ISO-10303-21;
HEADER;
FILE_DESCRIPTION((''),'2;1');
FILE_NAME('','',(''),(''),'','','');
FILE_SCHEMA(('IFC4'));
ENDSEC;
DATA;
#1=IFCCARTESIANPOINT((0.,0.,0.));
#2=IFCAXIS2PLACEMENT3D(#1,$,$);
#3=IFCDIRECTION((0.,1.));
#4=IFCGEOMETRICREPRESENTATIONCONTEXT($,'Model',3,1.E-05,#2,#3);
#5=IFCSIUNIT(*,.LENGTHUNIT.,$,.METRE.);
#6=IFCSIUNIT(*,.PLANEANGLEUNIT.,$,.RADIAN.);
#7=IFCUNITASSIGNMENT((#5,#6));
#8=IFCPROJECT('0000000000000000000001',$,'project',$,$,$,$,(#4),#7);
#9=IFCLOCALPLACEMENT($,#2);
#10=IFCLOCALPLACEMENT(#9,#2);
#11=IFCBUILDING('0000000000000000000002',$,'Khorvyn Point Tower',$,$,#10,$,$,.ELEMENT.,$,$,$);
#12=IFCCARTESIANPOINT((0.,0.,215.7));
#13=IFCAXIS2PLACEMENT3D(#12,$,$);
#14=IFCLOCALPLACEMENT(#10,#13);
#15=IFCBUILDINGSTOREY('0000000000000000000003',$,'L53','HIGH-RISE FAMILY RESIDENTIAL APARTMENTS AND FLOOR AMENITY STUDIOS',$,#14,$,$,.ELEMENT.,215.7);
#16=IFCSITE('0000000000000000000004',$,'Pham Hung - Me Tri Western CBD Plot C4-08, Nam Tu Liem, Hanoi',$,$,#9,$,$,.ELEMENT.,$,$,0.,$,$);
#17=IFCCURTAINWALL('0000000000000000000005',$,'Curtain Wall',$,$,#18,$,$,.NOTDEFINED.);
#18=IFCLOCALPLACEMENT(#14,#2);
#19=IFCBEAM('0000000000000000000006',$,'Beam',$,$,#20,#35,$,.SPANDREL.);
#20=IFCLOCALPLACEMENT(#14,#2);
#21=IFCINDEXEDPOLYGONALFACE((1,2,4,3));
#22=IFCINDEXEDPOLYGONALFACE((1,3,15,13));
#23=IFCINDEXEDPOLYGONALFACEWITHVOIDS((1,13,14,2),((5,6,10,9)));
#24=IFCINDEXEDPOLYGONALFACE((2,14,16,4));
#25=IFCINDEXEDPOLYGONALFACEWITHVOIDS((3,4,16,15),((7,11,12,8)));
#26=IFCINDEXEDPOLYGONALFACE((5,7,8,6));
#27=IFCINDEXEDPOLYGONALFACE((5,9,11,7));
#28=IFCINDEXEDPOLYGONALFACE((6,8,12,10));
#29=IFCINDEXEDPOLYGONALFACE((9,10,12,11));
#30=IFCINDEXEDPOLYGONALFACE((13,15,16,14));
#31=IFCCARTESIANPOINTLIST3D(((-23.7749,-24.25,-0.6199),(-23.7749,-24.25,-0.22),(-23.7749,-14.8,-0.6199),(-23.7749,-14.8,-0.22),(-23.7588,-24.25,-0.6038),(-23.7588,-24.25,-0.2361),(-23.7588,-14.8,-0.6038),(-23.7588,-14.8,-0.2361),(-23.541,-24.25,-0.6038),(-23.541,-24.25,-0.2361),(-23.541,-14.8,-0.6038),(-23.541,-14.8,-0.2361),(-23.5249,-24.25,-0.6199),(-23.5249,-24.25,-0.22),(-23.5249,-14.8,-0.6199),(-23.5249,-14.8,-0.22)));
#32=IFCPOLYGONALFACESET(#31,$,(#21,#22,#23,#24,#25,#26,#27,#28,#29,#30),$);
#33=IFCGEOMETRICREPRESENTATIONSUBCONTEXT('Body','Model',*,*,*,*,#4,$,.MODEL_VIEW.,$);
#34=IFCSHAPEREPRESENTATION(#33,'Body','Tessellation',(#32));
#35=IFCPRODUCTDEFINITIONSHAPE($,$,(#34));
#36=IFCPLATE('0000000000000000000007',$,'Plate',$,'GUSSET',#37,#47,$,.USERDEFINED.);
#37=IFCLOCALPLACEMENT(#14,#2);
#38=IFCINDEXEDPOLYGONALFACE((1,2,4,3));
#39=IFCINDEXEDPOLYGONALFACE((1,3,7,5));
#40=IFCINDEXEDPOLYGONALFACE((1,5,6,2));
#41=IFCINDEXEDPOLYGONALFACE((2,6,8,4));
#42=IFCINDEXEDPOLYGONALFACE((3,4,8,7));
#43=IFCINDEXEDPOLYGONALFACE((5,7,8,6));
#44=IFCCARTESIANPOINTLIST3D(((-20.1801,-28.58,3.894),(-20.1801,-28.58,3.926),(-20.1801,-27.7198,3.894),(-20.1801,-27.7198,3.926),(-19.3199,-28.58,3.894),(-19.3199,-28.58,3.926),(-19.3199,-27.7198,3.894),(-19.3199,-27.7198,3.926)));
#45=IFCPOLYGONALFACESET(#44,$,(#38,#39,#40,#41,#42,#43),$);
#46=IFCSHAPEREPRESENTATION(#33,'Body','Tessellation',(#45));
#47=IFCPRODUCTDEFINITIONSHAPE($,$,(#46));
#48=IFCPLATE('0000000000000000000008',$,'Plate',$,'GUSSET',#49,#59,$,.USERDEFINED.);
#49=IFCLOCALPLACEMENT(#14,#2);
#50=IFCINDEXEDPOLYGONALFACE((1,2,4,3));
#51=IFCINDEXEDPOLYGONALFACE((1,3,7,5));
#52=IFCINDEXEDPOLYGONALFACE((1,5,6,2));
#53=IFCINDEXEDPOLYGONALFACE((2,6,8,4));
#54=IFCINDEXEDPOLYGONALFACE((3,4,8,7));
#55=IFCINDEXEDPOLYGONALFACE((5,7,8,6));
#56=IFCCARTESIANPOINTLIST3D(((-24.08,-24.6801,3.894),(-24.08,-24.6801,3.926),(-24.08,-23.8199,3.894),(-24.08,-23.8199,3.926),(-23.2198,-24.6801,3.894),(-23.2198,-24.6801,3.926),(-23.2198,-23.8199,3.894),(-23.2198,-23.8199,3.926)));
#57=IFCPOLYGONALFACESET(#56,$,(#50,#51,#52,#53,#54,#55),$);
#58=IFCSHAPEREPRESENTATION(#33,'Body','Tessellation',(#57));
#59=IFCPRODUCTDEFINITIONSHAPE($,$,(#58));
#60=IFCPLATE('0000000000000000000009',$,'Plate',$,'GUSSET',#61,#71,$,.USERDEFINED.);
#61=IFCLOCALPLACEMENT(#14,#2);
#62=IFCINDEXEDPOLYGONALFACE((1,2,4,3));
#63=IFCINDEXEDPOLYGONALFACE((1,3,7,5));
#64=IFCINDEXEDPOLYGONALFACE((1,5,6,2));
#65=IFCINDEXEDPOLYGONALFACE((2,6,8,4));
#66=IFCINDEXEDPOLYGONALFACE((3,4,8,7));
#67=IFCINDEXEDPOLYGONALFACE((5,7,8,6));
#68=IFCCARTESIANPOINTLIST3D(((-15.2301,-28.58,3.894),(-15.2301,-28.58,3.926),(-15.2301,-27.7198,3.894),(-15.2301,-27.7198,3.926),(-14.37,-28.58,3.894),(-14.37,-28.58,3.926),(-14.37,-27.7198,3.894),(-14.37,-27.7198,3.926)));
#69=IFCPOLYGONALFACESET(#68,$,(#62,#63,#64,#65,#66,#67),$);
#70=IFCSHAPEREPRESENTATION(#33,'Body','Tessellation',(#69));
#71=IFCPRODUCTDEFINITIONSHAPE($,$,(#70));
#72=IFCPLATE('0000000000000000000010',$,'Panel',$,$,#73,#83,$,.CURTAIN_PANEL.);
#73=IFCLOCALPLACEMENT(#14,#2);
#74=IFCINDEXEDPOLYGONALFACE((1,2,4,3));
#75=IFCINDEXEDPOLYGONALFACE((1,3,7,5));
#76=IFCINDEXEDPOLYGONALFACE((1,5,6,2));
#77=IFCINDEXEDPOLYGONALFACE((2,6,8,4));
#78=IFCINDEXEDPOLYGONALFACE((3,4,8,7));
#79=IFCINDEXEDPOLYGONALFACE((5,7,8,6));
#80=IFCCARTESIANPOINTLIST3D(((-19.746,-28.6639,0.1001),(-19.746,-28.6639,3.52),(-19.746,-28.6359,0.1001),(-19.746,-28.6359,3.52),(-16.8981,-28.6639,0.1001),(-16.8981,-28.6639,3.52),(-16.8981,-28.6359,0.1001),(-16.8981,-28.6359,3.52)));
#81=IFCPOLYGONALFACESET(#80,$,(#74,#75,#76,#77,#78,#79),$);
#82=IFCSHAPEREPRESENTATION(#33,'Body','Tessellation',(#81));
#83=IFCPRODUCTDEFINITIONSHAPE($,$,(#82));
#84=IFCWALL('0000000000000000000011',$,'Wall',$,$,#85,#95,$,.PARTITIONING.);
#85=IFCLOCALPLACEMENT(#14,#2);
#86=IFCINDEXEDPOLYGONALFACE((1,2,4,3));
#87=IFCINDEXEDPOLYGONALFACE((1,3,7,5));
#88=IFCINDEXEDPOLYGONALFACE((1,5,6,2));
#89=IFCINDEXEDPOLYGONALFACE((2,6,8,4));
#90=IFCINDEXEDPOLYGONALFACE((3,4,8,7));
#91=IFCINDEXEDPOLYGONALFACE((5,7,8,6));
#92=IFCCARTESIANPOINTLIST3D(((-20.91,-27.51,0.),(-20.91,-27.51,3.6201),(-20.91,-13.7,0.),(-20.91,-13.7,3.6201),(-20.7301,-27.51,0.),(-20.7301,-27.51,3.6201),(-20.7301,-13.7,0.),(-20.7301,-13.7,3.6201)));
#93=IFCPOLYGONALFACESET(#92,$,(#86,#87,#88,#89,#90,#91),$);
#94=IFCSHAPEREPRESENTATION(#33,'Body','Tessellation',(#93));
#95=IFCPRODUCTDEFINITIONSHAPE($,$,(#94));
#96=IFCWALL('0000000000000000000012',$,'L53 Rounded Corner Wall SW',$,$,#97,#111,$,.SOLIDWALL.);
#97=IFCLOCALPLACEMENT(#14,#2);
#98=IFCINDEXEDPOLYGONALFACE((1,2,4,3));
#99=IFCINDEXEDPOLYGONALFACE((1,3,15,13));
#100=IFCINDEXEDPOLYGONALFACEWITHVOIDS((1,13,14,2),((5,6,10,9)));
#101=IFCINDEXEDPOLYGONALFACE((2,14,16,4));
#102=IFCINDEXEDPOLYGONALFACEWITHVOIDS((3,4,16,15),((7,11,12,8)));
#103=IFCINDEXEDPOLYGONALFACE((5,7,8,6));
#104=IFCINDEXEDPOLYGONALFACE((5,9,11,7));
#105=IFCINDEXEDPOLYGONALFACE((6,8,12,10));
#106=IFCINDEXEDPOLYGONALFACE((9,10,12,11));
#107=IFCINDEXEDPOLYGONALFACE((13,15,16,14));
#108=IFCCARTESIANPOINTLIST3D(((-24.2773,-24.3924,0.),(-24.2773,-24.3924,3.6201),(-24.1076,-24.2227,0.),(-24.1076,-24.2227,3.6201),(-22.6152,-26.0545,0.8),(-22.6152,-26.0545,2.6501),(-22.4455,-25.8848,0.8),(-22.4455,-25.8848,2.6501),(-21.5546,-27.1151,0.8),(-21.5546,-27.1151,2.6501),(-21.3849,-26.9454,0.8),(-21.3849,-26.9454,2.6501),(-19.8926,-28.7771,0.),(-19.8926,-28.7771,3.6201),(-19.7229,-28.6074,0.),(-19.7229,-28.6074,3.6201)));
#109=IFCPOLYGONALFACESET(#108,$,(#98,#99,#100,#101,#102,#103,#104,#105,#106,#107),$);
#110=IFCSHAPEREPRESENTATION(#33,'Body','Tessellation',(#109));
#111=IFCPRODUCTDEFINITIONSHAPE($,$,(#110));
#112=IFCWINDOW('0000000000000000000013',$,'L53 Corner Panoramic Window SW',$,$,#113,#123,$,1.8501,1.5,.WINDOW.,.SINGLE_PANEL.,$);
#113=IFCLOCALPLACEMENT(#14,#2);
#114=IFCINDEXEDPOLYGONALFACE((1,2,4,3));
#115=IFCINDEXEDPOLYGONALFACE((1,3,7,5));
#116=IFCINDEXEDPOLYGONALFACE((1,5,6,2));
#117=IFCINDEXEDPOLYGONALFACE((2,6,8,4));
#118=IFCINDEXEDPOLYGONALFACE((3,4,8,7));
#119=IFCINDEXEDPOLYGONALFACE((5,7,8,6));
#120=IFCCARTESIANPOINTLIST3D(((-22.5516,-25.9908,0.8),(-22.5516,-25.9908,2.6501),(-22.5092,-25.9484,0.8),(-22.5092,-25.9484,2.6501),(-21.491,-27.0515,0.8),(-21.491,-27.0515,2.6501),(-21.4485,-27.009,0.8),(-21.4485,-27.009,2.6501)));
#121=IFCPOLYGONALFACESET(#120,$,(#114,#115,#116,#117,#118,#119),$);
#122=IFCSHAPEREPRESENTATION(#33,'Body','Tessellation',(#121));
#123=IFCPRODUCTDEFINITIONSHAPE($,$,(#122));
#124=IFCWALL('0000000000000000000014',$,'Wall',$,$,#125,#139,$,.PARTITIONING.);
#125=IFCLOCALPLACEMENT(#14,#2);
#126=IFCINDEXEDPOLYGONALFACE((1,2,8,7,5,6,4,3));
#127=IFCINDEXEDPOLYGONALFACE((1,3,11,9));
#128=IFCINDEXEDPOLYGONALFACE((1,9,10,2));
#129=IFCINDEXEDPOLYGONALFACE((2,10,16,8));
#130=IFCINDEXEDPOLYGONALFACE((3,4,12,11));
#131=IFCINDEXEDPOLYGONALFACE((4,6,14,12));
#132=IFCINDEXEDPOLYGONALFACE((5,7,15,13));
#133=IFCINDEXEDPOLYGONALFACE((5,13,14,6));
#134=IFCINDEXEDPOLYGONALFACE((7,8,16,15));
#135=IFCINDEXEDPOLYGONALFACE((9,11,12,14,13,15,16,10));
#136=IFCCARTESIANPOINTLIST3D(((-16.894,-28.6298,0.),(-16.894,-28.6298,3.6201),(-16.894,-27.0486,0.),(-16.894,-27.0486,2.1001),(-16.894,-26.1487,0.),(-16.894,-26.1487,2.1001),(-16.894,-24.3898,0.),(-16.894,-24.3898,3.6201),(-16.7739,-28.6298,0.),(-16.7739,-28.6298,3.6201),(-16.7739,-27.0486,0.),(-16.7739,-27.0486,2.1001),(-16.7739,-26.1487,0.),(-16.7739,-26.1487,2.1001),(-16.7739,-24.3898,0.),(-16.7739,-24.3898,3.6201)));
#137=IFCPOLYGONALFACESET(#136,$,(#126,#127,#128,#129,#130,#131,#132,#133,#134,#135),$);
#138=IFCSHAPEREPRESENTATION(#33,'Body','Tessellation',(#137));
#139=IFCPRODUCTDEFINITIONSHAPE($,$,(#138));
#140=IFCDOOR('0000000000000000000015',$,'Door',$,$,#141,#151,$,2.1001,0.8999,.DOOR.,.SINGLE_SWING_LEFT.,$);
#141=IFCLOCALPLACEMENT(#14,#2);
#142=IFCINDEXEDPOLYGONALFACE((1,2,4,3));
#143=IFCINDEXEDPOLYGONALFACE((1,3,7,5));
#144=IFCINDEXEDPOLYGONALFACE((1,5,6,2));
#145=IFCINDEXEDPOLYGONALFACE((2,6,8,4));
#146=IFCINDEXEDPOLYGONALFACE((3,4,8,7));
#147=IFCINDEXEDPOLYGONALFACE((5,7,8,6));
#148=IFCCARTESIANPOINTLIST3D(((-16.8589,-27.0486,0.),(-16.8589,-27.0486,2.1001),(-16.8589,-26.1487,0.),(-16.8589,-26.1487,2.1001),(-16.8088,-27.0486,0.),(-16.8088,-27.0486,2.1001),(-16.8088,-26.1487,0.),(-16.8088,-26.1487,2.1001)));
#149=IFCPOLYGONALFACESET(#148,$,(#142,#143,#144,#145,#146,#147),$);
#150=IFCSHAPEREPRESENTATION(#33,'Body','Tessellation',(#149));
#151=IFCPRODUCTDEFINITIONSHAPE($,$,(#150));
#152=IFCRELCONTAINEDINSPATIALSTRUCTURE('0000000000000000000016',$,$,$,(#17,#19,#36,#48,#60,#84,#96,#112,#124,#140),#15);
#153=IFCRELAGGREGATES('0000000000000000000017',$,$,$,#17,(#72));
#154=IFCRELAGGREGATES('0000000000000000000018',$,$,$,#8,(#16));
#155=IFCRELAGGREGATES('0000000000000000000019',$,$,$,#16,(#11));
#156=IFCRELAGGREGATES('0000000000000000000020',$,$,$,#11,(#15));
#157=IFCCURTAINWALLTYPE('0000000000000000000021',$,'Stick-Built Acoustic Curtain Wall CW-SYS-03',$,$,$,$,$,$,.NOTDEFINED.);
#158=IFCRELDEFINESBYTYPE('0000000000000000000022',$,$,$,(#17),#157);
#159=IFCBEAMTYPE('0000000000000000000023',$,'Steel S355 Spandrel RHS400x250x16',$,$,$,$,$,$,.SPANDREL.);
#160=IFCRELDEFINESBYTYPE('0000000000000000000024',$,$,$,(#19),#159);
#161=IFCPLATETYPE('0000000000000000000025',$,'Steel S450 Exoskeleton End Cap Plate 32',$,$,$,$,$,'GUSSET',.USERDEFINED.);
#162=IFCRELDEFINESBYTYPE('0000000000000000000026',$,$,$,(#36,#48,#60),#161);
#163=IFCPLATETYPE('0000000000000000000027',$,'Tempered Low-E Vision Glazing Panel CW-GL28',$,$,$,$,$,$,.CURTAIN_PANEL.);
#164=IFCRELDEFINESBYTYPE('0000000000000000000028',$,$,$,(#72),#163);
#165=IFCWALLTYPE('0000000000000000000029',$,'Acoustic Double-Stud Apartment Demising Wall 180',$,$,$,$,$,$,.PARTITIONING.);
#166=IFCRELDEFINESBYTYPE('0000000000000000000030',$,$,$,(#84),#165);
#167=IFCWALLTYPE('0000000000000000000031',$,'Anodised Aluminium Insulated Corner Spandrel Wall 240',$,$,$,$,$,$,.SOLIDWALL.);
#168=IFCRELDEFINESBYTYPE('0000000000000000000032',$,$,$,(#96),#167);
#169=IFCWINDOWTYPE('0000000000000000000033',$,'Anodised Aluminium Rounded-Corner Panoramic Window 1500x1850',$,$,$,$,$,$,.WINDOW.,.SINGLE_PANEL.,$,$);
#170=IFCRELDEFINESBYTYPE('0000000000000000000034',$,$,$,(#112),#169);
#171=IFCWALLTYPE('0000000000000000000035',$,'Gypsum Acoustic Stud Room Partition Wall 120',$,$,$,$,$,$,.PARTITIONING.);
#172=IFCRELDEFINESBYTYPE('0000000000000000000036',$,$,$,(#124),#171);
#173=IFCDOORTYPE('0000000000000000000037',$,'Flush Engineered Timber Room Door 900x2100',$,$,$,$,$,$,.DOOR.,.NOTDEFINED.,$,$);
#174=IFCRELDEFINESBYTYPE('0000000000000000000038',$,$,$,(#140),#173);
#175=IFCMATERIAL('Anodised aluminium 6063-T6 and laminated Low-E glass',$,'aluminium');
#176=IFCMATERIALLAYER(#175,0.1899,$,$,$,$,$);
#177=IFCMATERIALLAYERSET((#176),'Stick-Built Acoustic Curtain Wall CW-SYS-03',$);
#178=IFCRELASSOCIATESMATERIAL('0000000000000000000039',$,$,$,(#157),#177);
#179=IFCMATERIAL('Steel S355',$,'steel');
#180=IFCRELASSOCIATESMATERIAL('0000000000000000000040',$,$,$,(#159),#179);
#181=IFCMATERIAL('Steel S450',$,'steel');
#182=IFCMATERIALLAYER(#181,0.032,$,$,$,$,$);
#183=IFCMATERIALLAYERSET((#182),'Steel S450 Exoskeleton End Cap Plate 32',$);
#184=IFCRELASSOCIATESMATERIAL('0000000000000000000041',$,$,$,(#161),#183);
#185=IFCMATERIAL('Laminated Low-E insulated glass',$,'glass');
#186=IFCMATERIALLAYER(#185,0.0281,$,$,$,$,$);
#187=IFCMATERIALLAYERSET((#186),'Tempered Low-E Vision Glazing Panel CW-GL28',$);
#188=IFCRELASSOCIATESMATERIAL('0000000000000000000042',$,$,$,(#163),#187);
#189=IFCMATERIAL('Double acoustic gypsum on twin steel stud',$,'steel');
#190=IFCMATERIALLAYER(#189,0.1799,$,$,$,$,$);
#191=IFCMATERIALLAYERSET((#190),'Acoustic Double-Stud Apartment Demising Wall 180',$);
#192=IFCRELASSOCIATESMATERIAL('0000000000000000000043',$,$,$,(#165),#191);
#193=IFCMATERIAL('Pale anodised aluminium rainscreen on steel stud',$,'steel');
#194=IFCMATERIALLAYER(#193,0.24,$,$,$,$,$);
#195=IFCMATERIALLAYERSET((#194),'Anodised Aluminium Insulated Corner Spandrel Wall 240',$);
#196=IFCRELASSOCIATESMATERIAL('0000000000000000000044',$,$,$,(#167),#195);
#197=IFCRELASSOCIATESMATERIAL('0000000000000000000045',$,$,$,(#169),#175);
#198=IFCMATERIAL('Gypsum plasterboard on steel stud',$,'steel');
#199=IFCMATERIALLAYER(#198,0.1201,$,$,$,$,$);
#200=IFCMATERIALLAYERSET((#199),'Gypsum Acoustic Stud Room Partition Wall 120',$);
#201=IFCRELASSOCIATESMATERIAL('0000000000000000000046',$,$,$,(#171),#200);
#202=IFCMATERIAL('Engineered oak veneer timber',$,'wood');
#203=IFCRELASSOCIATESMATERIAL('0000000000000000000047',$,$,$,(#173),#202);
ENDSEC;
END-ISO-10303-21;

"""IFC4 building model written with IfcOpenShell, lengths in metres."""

from ifc_helpers import new_model, si_unit, direction, frame, frame_2d, origin, origin_2d, place, context, subcontext, project, spatial, rectangle, hollow_rectangle, extrude, material, layer, layer_set, material_profile, profile_set, type_object, element, fill, aggregate, save


model = new_model("IFC4")

# Units and contexts
model_context = context("Model", 3, precision=1e-05, world=origin(), true_north=direction((0.0, 1.0)))
body_context = subcontext(model_context, "Body", "Model", "MODEL_VIEW")
ifc_project = project(units=[si_unit("LENGTHUNIT", "METRE"), si_unit("PLANEANGLEUNIT", "RADIAN")], contexts=[model_context])

# Site, building, storey
site_placement = place(None, origin())
site = spatial("IfcSite", under=ifc_project, at=site_placement, Name="Pham Hung - Me Tri Western CBD Plot C4-08, Nam Tu Liem, Hanoi", CompositionType="ELEMENT", RefElevation=0.0)
building_placement = place(site_placement, origin())
building = spatial("IfcBuilding", under=site, at=building_placement, Name="Khorvyn Point Tower", CompositionType="ELEMENT")
storey_placement = place(building_placement, frame((0.0, 0.0, 215.7)))
storey = spatial("IfcBuildingStorey", under=building, at=storey_placement, Name="L53", Description="HIGH-RISE FAMILY RESIDENTIAL APARTMENTS AND FLOOR AMENITY STUDIOS", CompositionType="ELEMENT", Elevation=215.7)

# Shared definitions
ifc_material_1 = material(Name="Steel S450", Category="steel")

# Curtain wall
ifc_material_2 = material(Name="Anodised aluminium 6063-T6 and laminated Low-E glass", Category="aluminium")
ifc_layer_1 = layer(ifc_material_2, 0.1899)
ifc_layer_set_1 = layer_set([ifc_layer_1], Name="Stick-Built Acoustic Curtain Wall CW-SYS-03")
curtain_wall_type = type_object("IfcCurtainWallType", Name="Stick-Built Acoustic Curtain Wall CW-SYS-03", PredefinedType="NOTDEFINED", material=ifc_layer_set_1)
curtain_wall_1_placement = place(storey_placement, origin())
curtain_wall_1 = element("IfcCurtainWall", 1, at=curtain_wall_1_placement, inside=storey, type_object=curtain_wall_type, Name="Curtain Wall", PredefinedType="NOTDEFINED")

# Beam
ifc_material_3 = material(Name="Steel S355", Category="steel")
ifc_material_profile_1 = material_profile(ifc_material_3, hollow_rectangle(XDim=0.25, YDim=0.3999, WallThickness=0.0161, at=origin_2d()))
ifc_profile_set_1 = profile_set([ifc_material_profile_1], Name="Steel S355 RHS400x250x16")
beam_type_1 = type_object("IfcBeamType", Name="Steel S355 Spandrel RHS400x250x16", PredefinedType="SPANDREL", material=ifc_profile_set_1)
beam_1_placement = place(storey_placement, frame((-23.6499, -24.25, -0.4199), z_axis=(0.0, 1.0, 0.0), x_axis=(-1.0, 0.0, 0.0)))
element("IfcBeam", 2, at=beam_1_placement, inside=storey, type_object=beam_type_1, Name="Beam", PredefinedType="SPANDREL", context=body_context, shape_type="SweptSolid", body=[
    extrude(hollow_rectangle(XDim=0.25, YDim=0.3999, WallThickness=0.0161, at=origin_2d()), origin(), (0.0, 0.0, 1.0), 9.45),
])

# Plates
ifc_layer_2 = layer(ifc_material_1, 0.032)
ifc_layer_set_2 = layer_set([ifc_layer_2], Name="Steel S450 Exoskeleton End Cap Plate 32")
plate_type_1 = type_object("IfcPlateType", Name="Steel S450 Exoskeleton End Cap Plate 32", ElementType="GUSSET", PredefinedType="USERDEFINED", material=ifc_layer_set_2)
for number, where, z_axis, x_axis, name in (
    (3, (-19.75, -28.1499, 3.894), (0.0, 0.0, 1.0), (1.0, 0.0, 0.0), "Plate"),
    (4, (-23.6499, -24.25, 3.894), (0.0, 0.0, 1.0), (1.0, 0.0, 0.0), "Plate"),
    (5, (-14.8, -28.1499, 3.894), (0.0, 0.0, 1.0), (1.0, 0.0, 0.0), "Plate"),
):
    element("IfcPlate", number, at=place(storey_placement, frame(where, z_axis=z_axis, x_axis=x_axis)), inside=storey, type_object=plate_type_1, Name=name, ObjectType="GUSSET", PredefinedType="USERDEFINED", context=body_context, shape_type="SweptSolid", body=[
        extrude(rectangle(XDim=0.8601, YDim=0.8601, at=origin_2d()), origin(), (0.0, 0.0, 1.0), 0.032),
    ])

# Plate
ifc_material_4 = material(Name="Laminated Low-E insulated glass", Category="glass")
ifc_layer_3 = layer(ifc_material_4, 0.0281)
ifc_layer_set_3 = layer_set([ifc_layer_3], Name="Tempered Low-E Vision Glazing Panel CW-GL28")
plate_type_2 = type_object("IfcPlateType", Name="Tempered Low-E Vision Glazing Panel CW-GL28", PredefinedType="CURTAIN_PANEL", material=ifc_layer_set_3)
plate_placement = place(storey_placement, frame((-18.322, -28.6499, 0.1001), z_axis=(0.0, 0.0, 1.0), x_axis=(-1.0, 0.0, 0.0)))
plate = element("IfcPlate", 6, at=plate_placement, type_object=plate_type_2, Name="Panel", PredefinedType="CURTAIN_PANEL", context=body_context, shape_type="SweptSolid", body=[
    extrude(rectangle(XDim=2.8479, YDim=0.0281, at=origin_2d()), origin(), (0.0, 0.0, 1.0), 3.4199),
])
aggregate(curtain_wall_1, [plate])

# Wall
ifc_material_5 = material(Name="Double acoustic gypsum on twin steel stud", Category="steel")
ifc_layer_4 = layer(ifc_material_5, 0.1799)
ifc_layer_set_4 = layer_set([ifc_layer_4], Name="Acoustic Double-Stud Apartment Demising Wall 180")
wall_type_1 = type_object("IfcWallType", Name="Acoustic Double-Stud Apartment Demising Wall 180", PredefinedType="PARTITIONING", material=ifc_layer_set_4)
wall_1_placement = place(storey_placement, frame((-20.8201, -27.51, 0.0), z_axis=(0.0, 0.0, 1.0), x_axis=(0.0, 1.0, 0.0)))
element("IfcWall", 7, at=wall_1_placement, inside=storey, type_object=wall_type_1, Name="Wall", PredefinedType="PARTITIONING", context=body_context, shape_type="SweptSolid", body=[
    extrude(rectangle(XDim=13.8101, YDim=0.1799, at=frame_2d((6.905, 0.0))), origin(), (0.0, 0.0, 1.0), 3.6201),
])

# Wall, opening, window
ifc_material_6 = material(Name="Pale anodised aluminium rainscreen on steel stud", Category="steel")
ifc_layer_5 = layer(ifc_material_6, 0.24)
ifc_layer_set_5 = layer_set([ifc_layer_5], Name="Anodised Aluminium Insulated Corner Spandrel Wall 240")
wall_type_2 = type_object("IfcWallType", Name="Anodised Aluminium Insulated Corner Spandrel Wall 240", PredefinedType="SOLIDWALL", material=ifc_layer_set_5)
wall_2_placement = place(storey_placement, frame((-19.8076, -28.6924, 0.0), z_axis=(0.0, 0.0, 1.0), x_axis=(-0.707107, 0.707107, 0.0)))
wall_2 = element("IfcWall", 8, at=wall_2_placement, inside=storey, type_object=wall_type_2, Name="L53 Rounded Corner Wall SW", PredefinedType="SOLIDWALL", context=body_context, shape_type="SweptSolid", body=[
    extrude(rectangle(XDim=6.2009, YDim=0.24, at=frame_2d((3.1006, 0.0))), origin(), (0.0, 0.0, 1.0), 3.6201),
])
opening_1_placement = place(wall_2_placement, frame((2.3506, 0.0, 0.8)))
opening_1 = element("IfcOpeningElement", 9, at=opening_1_placement, cuts=wall_2, PredefinedType="OPENING", context=body_context, shape_type="SweptSolid", body=[
    extrude(rectangle(XDim=1.5, YDim=1.8501, at=frame_2d((0.75, 0.925))), frame((0.0, 0.1299, 0.0), z_axis=(0.0, -1.0, 0.0), x_axis=(1.0, 0.0, 0.0)), (0.0, 0.0, 1.0), 0.26),
])
window_type = type_object("IfcWindowType", Name="Anodised Aluminium Rounded-Corner Panoramic Window 1500x1850", PartitioningType="SINGLE_PANEL", PredefinedType="WINDOW", material=ifc_material_2)
window_placement = place(opening_1_placement, origin())
window = element("IfcWindow", 10, at=window_placement, inside=storey, type_object=window_type, Name="L53 Corner Panoramic Window SW", OverallHeight=1.8501, OverallWidth=1.5, PartitioningType="SINGLE_PANEL", PredefinedType="WINDOW", context=body_context, shape_type="SweptSolid", body=[
    extrude(rectangle(XDim=1.5, YDim=1.8501, at=frame_2d((0.75, 0.925))), frame((0.0, 0.03, 0.0), z_axis=(0.0, -1.0, 0.0), x_axis=(1.0, 0.0, 0.0)), (0.0, 0.0, 1.0), 0.0601),
])
fill(opening_1, window)

# Wall, opening, door
ifc_material_7 = material(Name="Gypsum plasterboard on steel stud", Category="steel")
ifc_layer_6 = layer(ifc_material_7, 0.1201)
ifc_layer_set_6 = layer_set([ifc_layer_6], Name="Gypsum Acoustic Stud Room Partition Wall 120")
wall_type_3 = type_object("IfcWallType", Name="Gypsum Acoustic Stud Room Partition Wall 120", PredefinedType="PARTITIONING", material=ifc_layer_set_6)
wall_3_placement = place(storey_placement, frame((-16.834, -28.6299, 0.0), z_axis=(0.0, 0.0, 1.0), x_axis=(0.0, 1.0, 0.0)))
wall_3 = element("IfcWall", 11, at=wall_3_placement, inside=storey, type_object=wall_type_3, Name="Wall", PredefinedType="PARTITIONING", context=body_context, shape_type="SweptSolid", body=[
    extrude(rectangle(XDim=4.24, YDim=0.1201, at=frame_2d((2.1201, 0.0))), origin(), (0.0, 0.0, 1.0), 3.6201),
])
opening_2_placement = place(wall_3_placement, frame((1.5813, 0.0, 0.0)))
opening_2 = element("IfcOpeningElement", 12, at=opening_2_placement, cuts=wall_3, PredefinedType="OPENING", context=body_context, shape_type="SweptSolid", body=[
    extrude(rectangle(XDim=0.8999, YDim=2.1001, at=frame_2d((0.45, 1.05))), frame((0.0, 0.0701, 0.0), z_axis=(0.0, -1.0, 0.0), x_axis=(1.0, 0.0, 0.0)), (0.0, 0.0, 1.0), 0.1401),
])
ifc_material_8 = material(Name="Engineered oak veneer timber", Category="wood")
door_type_1 = type_object("IfcDoorType", Name="Flush Engineered Timber Room Door 900x2100", OperationType="NOTDEFINED", PredefinedType="DOOR", material=ifc_material_8)
door_1_placement = place(opening_2_placement, origin())
door_1 = element("IfcDoor", 13, at=door_1_placement, inside=storey, type_object=door_type_1, Name="Door", OperationType="SINGLE_SWING_LEFT", OverallHeight=2.1001, OverallWidth=0.8999, PredefinedType="DOOR", context=body_context, shape_type="SweptSolid", body=[
    extrude(rectangle(XDim=0.8999, YDim=2.1001, at=frame_2d((0.45, 1.05))), frame((0.0, 0.0249, 0.0), z_axis=(0.0, -1.0, 0.0), x_axis=(1.0, 0.0, 0.0)), (0.0, 0.0, 1.0), 0.05),
])
fill(opening_2, door_1)

save(model, "model.ifc")
